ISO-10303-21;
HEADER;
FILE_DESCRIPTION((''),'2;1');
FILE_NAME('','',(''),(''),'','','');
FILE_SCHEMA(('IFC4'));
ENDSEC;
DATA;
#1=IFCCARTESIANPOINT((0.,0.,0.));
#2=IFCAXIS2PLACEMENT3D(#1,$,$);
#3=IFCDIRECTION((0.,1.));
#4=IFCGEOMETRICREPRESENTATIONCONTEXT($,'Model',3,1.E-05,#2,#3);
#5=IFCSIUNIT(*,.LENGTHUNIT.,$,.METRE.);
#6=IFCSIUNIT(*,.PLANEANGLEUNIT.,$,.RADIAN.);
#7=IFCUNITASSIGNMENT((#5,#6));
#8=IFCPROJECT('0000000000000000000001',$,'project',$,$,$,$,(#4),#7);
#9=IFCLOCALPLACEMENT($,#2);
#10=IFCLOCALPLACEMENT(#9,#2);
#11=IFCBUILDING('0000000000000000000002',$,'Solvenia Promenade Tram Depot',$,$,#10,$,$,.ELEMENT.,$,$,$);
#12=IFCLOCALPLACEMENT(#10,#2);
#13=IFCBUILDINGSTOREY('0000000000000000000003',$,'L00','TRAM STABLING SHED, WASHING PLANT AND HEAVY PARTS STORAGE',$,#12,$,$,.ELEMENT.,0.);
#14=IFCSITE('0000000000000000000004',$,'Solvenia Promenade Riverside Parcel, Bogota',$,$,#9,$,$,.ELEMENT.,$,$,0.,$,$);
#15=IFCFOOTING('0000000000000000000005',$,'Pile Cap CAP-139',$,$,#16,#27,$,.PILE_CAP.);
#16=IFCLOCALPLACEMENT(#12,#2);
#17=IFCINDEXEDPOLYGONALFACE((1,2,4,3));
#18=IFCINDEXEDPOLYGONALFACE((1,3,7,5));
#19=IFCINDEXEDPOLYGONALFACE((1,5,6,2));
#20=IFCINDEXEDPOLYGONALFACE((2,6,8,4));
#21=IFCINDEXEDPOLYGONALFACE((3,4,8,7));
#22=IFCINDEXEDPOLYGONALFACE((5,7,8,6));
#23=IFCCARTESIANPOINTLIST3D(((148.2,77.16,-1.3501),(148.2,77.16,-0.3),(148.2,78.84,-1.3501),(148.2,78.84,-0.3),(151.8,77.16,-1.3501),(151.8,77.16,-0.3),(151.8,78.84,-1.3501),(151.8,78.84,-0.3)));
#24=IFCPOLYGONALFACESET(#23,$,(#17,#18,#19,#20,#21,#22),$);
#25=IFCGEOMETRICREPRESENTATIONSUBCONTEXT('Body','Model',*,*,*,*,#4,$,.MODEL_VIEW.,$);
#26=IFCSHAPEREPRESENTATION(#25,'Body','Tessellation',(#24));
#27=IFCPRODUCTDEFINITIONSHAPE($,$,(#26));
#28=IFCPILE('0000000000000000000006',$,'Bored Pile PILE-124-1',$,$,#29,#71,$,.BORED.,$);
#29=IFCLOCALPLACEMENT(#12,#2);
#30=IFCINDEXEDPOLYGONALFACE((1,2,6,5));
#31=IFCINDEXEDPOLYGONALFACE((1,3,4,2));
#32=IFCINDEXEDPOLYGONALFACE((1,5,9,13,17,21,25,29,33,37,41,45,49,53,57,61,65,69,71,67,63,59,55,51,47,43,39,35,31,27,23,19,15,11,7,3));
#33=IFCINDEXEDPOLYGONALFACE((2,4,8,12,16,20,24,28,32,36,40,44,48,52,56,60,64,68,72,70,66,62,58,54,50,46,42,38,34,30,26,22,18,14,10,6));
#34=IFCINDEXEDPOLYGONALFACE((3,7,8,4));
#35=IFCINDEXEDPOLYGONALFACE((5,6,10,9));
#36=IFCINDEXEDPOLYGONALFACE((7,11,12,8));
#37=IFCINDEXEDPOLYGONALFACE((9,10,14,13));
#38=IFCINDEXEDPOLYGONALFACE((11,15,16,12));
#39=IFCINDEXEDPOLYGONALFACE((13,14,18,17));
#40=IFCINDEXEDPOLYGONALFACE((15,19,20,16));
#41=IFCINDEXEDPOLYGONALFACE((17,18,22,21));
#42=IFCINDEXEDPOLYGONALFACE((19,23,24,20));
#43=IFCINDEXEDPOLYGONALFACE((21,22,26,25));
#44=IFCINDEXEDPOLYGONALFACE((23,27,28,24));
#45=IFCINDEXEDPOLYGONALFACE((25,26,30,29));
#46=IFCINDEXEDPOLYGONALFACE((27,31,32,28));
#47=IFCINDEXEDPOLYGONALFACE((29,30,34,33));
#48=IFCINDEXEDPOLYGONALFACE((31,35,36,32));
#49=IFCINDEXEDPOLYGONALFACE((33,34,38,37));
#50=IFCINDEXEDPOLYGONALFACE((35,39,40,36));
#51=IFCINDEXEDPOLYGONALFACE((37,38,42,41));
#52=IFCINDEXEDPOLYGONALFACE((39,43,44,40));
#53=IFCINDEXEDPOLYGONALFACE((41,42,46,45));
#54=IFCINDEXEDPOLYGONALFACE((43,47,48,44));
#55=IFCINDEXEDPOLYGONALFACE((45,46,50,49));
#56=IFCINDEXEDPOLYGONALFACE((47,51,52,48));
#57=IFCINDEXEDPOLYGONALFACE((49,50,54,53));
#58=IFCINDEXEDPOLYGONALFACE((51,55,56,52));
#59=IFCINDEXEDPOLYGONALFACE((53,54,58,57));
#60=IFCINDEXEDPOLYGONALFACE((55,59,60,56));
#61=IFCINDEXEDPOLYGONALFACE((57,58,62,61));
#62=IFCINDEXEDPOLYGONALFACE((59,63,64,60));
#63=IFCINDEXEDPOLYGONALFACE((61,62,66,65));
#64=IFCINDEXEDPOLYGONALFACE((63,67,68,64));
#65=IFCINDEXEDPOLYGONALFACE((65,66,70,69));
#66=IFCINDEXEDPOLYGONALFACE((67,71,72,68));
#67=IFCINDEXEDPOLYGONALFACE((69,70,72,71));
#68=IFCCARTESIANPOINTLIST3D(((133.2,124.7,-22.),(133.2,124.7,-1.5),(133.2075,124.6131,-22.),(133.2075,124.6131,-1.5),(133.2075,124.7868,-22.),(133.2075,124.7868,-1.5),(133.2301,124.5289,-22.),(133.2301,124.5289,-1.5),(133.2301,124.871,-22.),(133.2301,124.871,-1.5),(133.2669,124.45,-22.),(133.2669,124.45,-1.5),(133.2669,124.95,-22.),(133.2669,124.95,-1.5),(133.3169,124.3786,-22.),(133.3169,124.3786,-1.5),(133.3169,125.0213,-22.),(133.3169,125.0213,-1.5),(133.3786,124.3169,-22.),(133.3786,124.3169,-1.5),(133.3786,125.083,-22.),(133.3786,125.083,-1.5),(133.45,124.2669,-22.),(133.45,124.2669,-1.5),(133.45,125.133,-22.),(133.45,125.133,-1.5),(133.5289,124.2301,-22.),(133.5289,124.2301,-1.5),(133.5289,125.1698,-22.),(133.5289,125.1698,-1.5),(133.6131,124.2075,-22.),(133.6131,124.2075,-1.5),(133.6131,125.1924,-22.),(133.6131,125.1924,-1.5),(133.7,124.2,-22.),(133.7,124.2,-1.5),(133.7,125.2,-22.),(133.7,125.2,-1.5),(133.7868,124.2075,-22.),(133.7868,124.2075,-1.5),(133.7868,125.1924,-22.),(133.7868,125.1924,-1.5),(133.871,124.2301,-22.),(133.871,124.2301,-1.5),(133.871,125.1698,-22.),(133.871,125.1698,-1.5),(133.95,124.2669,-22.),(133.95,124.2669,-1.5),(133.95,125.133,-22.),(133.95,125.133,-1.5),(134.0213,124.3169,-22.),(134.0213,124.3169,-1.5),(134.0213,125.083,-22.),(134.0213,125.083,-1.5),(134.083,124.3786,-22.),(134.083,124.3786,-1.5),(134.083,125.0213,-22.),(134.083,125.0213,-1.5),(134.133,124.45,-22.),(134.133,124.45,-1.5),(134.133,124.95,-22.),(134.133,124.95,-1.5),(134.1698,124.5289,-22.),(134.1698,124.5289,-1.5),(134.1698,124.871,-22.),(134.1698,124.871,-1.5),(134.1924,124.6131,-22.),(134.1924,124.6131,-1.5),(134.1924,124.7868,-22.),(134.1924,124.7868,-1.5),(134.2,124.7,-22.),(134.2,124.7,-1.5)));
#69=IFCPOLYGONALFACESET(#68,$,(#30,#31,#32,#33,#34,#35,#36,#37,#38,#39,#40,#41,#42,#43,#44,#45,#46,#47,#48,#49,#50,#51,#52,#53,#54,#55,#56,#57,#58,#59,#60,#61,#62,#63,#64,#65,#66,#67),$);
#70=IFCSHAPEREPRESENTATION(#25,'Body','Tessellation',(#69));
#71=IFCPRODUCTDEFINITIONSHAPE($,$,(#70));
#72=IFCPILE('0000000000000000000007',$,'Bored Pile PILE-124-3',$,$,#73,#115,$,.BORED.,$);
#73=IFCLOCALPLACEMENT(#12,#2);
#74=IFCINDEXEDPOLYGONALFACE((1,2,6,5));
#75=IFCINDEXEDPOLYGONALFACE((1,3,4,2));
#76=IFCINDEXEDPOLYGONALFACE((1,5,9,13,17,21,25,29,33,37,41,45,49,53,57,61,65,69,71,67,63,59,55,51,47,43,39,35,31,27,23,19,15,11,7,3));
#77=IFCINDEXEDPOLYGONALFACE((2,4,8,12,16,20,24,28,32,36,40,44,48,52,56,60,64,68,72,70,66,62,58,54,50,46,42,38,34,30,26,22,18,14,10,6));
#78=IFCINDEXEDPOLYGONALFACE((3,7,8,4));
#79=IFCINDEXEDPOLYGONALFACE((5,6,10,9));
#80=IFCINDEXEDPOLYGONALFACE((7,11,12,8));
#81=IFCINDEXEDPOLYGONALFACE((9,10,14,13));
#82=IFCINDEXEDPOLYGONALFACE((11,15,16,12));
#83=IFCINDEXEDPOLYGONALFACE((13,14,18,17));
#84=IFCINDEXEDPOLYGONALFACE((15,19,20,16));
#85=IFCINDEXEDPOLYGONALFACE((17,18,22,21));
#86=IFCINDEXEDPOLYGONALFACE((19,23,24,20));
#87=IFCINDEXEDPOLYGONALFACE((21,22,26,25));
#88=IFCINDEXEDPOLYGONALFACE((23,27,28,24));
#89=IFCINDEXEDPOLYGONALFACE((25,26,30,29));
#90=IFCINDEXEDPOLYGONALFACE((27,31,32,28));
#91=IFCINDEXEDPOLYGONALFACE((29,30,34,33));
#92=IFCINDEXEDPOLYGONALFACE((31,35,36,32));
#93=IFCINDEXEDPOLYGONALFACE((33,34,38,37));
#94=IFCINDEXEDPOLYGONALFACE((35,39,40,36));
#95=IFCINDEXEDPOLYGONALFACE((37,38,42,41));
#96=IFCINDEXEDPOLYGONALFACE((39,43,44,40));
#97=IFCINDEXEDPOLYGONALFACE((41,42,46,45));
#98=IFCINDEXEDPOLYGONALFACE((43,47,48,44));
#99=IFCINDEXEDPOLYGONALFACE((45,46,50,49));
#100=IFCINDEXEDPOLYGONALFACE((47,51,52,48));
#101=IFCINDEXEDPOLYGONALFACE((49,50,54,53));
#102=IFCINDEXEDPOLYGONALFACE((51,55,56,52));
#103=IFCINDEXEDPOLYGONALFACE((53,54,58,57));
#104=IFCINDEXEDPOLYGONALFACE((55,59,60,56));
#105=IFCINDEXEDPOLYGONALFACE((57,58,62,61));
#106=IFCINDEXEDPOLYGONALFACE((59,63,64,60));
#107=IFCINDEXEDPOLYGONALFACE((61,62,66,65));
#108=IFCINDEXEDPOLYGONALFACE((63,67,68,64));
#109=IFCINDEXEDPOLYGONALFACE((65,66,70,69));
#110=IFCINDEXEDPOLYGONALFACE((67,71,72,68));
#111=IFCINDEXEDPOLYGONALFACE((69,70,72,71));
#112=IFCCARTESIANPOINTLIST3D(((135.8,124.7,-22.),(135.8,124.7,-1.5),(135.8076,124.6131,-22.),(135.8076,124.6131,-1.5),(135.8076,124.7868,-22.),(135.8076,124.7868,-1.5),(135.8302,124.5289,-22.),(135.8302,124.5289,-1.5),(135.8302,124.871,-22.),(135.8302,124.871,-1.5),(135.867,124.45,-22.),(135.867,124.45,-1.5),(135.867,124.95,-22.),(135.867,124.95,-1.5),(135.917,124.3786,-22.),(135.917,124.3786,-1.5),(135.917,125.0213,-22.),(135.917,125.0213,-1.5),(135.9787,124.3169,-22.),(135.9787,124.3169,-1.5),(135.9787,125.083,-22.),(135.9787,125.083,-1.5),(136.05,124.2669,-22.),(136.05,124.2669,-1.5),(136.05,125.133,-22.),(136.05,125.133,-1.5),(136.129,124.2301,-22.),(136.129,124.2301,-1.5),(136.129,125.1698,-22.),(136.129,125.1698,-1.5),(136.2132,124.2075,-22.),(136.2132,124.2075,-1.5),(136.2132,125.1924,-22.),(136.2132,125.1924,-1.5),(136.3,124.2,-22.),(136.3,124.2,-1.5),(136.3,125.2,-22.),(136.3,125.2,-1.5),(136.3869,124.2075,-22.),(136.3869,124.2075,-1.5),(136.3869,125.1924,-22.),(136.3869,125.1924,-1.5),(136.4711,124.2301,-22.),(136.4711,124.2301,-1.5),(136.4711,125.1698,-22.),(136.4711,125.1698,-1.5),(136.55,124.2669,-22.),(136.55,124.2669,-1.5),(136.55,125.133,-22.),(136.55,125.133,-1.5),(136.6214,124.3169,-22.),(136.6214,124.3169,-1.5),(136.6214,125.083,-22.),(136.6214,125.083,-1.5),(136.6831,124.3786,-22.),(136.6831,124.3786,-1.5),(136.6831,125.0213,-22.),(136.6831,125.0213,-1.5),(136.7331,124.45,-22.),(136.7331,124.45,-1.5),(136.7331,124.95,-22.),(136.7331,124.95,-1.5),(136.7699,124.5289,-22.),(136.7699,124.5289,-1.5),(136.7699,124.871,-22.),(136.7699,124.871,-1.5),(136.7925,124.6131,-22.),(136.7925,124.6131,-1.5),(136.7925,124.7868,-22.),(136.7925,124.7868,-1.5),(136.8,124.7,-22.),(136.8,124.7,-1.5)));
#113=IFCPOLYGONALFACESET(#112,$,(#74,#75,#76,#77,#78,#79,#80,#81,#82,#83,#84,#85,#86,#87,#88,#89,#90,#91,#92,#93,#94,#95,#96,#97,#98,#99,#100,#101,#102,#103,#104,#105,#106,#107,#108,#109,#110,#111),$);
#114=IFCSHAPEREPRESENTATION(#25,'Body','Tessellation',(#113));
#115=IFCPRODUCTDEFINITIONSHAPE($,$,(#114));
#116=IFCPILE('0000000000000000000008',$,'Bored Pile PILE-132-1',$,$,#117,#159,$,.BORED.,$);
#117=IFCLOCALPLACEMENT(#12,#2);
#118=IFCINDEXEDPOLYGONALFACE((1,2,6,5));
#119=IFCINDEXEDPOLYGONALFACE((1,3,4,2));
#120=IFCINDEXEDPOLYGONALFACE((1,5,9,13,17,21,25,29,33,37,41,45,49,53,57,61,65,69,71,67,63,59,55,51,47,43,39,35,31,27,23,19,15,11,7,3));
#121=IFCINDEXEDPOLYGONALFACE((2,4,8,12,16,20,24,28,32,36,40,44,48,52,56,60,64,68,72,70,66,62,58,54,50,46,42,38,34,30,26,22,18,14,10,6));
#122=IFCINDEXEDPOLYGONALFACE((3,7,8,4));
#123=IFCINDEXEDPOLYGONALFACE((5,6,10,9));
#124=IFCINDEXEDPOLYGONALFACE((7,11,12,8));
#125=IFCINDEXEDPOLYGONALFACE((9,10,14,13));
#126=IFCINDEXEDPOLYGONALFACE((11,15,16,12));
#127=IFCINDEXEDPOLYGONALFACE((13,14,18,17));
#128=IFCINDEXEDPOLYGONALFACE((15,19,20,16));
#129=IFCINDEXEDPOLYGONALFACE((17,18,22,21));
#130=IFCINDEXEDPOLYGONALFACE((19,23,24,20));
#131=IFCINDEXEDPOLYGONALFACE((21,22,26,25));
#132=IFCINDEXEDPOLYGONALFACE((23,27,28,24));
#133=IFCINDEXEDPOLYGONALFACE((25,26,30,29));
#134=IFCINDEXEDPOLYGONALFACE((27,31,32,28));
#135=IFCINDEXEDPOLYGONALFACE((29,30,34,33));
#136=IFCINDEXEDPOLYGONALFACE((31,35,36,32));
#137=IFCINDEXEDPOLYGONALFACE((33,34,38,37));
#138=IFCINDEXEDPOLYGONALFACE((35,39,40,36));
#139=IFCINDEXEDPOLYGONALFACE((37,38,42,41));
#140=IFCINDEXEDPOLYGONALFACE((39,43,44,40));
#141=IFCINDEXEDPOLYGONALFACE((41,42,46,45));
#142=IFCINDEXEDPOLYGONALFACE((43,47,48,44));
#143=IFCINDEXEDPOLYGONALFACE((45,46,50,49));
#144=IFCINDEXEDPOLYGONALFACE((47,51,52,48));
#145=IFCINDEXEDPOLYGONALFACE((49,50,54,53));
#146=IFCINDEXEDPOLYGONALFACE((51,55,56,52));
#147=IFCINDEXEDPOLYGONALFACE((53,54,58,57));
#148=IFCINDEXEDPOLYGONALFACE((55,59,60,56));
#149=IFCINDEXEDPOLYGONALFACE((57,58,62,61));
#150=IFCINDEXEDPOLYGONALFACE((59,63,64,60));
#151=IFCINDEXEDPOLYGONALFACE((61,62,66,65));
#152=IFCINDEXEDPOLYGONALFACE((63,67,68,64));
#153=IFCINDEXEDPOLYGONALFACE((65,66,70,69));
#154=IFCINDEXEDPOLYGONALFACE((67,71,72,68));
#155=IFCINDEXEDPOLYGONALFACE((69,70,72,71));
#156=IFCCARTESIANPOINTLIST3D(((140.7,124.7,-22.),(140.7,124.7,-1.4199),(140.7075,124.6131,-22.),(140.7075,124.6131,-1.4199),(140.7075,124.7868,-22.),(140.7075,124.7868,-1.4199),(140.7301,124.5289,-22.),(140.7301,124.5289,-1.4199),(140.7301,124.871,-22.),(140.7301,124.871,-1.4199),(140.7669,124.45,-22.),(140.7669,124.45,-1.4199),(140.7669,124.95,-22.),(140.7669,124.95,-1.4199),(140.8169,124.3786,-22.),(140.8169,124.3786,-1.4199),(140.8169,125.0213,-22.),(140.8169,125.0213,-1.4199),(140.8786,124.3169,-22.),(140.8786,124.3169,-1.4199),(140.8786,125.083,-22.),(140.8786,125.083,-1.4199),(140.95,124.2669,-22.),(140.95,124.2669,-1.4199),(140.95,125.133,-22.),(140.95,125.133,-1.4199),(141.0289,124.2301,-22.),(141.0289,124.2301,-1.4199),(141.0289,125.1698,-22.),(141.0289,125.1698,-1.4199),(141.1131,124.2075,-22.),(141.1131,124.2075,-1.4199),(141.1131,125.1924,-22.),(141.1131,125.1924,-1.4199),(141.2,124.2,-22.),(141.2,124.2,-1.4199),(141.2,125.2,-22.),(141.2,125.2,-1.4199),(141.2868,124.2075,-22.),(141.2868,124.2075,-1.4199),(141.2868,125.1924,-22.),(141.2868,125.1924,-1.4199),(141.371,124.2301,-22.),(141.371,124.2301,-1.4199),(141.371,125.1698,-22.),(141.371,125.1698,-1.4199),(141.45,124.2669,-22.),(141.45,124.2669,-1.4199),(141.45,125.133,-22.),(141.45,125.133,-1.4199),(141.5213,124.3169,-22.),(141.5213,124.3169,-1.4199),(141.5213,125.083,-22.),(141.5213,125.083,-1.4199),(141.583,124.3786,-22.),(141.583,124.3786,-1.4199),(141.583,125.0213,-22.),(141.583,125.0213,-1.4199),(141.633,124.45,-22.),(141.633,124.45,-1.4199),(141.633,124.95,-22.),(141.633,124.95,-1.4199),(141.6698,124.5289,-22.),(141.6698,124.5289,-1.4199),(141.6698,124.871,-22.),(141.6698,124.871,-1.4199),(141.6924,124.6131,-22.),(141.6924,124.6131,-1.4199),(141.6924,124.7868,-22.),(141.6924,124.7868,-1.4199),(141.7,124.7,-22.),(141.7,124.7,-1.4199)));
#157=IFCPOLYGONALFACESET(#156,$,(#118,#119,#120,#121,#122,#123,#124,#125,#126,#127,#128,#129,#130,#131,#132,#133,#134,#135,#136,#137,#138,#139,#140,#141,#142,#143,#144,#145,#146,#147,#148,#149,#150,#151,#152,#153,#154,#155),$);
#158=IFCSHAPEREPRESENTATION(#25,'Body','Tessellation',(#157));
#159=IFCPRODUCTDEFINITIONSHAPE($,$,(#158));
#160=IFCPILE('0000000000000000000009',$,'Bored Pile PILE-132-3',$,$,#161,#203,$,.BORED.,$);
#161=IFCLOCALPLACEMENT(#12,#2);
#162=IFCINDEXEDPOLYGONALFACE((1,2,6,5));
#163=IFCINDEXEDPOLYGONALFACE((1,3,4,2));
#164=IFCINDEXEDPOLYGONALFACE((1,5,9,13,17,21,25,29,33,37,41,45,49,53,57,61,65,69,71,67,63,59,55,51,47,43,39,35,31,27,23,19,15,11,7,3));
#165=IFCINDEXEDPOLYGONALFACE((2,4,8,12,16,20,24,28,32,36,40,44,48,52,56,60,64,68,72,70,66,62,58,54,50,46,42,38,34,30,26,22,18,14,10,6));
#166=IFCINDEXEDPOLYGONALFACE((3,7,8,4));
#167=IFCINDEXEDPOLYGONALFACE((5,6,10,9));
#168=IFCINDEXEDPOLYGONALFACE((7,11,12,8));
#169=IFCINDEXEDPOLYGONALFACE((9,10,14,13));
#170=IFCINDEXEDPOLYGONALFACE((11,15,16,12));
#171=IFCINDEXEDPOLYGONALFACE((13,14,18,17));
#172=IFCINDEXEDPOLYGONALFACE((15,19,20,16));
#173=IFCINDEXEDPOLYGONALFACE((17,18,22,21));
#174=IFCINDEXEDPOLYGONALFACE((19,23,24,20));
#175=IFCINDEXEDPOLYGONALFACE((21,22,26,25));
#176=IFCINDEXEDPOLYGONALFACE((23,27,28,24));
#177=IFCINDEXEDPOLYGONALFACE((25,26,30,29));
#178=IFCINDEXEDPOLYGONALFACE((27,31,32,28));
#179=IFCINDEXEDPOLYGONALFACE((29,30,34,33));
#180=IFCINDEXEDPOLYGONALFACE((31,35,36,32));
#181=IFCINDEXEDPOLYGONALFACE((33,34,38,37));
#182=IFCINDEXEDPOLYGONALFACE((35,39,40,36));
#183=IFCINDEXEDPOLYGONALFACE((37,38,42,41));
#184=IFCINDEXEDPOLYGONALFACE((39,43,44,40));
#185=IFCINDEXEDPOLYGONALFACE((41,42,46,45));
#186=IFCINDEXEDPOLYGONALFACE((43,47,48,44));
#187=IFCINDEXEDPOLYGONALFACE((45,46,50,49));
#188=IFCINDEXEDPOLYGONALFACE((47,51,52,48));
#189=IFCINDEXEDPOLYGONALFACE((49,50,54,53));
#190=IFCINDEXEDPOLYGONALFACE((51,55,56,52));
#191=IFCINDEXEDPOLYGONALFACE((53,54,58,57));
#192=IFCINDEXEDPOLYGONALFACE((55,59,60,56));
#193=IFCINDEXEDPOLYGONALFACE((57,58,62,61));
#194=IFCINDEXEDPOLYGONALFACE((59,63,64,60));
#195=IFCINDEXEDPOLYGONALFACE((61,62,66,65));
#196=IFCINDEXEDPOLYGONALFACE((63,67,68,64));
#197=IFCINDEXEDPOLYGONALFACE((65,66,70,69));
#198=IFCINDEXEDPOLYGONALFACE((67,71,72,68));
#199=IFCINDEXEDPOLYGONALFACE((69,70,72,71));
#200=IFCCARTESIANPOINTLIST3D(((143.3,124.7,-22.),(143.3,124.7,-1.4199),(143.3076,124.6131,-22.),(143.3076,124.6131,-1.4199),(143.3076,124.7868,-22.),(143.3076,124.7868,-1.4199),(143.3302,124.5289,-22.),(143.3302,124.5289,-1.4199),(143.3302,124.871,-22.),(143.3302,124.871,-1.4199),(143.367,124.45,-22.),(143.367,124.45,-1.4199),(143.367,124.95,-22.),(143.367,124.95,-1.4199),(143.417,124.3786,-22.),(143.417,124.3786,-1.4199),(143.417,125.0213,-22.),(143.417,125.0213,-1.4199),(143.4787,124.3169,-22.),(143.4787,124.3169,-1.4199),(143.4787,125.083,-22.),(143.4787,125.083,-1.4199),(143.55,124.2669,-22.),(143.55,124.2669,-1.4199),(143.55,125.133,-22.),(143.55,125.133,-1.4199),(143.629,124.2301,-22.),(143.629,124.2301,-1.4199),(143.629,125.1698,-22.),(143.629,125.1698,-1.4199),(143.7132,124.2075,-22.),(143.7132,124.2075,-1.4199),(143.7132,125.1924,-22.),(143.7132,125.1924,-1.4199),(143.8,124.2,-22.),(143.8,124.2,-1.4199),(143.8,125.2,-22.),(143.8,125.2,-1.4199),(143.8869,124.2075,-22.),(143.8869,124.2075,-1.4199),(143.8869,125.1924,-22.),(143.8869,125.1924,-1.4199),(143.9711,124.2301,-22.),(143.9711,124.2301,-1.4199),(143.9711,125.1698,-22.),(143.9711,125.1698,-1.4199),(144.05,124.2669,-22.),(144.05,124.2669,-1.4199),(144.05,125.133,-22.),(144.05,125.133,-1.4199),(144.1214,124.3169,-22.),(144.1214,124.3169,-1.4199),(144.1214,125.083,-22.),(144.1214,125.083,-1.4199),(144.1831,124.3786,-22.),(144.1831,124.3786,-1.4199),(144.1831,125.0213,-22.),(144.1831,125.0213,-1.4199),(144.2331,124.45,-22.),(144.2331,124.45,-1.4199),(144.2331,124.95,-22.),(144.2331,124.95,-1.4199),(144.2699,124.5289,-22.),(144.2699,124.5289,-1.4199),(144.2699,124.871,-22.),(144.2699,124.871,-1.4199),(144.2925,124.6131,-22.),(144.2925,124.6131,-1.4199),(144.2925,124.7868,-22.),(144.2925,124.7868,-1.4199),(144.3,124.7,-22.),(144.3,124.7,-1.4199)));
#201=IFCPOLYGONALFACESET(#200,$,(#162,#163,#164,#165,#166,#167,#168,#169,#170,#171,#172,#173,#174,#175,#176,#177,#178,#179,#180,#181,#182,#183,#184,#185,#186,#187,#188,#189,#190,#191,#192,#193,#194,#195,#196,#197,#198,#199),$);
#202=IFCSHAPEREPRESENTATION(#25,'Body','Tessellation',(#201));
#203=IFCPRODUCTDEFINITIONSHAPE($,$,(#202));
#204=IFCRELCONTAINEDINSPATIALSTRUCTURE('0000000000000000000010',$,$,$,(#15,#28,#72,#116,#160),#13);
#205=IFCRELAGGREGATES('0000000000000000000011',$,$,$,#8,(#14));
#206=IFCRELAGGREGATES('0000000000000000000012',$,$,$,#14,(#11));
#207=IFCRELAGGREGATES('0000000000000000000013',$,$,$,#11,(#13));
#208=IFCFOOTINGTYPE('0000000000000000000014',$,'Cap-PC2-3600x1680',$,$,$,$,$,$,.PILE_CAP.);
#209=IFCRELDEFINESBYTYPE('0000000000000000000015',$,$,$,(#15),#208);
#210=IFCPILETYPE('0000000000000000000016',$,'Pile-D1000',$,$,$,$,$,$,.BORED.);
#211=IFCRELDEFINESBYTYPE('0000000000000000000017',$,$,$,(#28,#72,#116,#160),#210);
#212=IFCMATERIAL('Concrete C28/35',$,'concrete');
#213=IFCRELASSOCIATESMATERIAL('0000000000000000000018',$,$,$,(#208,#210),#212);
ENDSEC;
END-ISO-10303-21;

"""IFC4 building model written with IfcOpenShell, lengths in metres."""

from ifc_helpers import new_model, si_unit, direction, frame, origin, origin_2d, place, context, subcontext, project, spatial, rectangle, circle, extrude, material, material_profile, profile_set, type_object, element, save


model = new_model("IFC4")

# Units and contexts
model_context = context("Model", 3, precision=1e-05, world=origin(), true_north=direction((0.0, 1.0)))
body_context = subcontext(model_context, "Body", "Model", "MODEL_VIEW")
ifc_project = project(units=[si_unit("LENGTHUNIT", "METRE"), si_unit("PLANEANGLEUNIT", "RADIAN")], contexts=[model_context])

# Site, building, storey
site_placement = place(None, origin())
site = spatial("IfcSite", under=ifc_project, at=site_placement, Name="Solvenia Promenade Riverside Parcel, Bogota", CompositionType="ELEMENT", RefElevation=0.0)
building_placement = place(site_placement, origin())
building = spatial("IfcBuilding", under=site, at=building_placement, Name="Solvenia Promenade Tram Depot", CompositionType="ELEMENT")
storey_placement = place(building_placement, origin())
storey = spatial("IfcBuildingStorey", under=building, at=storey_placement, Name="L00", Description="TRAM STABLING SHED, WASHING PLANT AND HEAVY PARTS STORAGE", CompositionType="ELEMENT", Elevation=0.0)

# Footing
ifc_material_1 = material(Name="Concrete C28/35", Category="concrete")
footing_type_1 = type_object("IfcFootingType", Name="Cap-PC2-3600x1680", PredefinedType="PILE_CAP", material=ifc_material_1)
footing_1_placement = place(storey_placement, frame((150.0, 78.0, -1.3501), z_axis=(0.0, 0.0, 1.0), x_axis=(1.0, 0.0, 0.0)))
element("IfcFooting", 1, at=footing_1_placement, inside=storey, type_object=footing_type_1, Name="Pile Cap CAP-139", PredefinedType="PILE_CAP", context=body_context, shape_type="SweptSolid", body=[
    extrude(rectangle(XDim=3.6001, YDim=1.6799, at=origin_2d()), origin(), (0.0, 0.0, 1.0), 1.05),
])

# Piles
ifc_material_profile_1 = material_profile(ifc_material_1, circle(Radius=0.5, at=origin_2d()), Name="D1000", Category="concrete")
ifc_profile_set_1 = profile_set([ifc_material_profile_1], Name="Concrete C28/35")
pile_type_1 = type_object("IfcPileType", Name="Pile-D1000", PredefinedType="BORED", material=ifc_profile_set_1)
for number, where, z_axis, x_axis, name in (
    (2, (133.7, 124.7, -1.5), (0.0, 0.0, -1.0), (1.0, 0.0, 0.0), "Bored Pile PILE-124-1"),
    (3, (136.3, 124.7, -1.5), (0.0, 0.0, -1.0), (1.0, 0.0, 0.0), "Bored Pile PILE-124-3"),
):
    element("IfcPile", number, at=place(storey_placement, frame(where, z_axis=z_axis, x_axis=x_axis)), inside=storey, type_object=pile_type_1, Name=name, PredefinedType="BORED", context=body_context, shape_type="SweptSolid", body=[
        extrude(circle(Radius=0.5, at=origin_2d()), origin(), (0.0, 0.0, 1.0), 20.5),
    ])
for number, where, z_axis, x_axis, name in (
    (4, (141.2, 124.7, -1.4199), (0.0, 0.0, -1.0), (1.0, 0.0, 0.0), "Bored Pile PILE-132-1"),
    (5, (143.8, 124.7, -1.4199), (0.0, 0.0, -1.0), (1.0, 0.0, 0.0), "Bored Pile PILE-132-3"),
):
    element("IfcPile", number, at=place(storey_placement, frame(where, z_axis=z_axis, x_axis=x_axis)), inside=storey, type_object=pile_type_1, Name=name, PredefinedType="BORED", context=body_context, shape_type="SweptSolid", body=[
        extrude(circle(Radius=0.5, at=origin_2d()), origin(), (0.0, 0.0, 1.0), 20.5801),
    ])

save(model, "model.ifc")
